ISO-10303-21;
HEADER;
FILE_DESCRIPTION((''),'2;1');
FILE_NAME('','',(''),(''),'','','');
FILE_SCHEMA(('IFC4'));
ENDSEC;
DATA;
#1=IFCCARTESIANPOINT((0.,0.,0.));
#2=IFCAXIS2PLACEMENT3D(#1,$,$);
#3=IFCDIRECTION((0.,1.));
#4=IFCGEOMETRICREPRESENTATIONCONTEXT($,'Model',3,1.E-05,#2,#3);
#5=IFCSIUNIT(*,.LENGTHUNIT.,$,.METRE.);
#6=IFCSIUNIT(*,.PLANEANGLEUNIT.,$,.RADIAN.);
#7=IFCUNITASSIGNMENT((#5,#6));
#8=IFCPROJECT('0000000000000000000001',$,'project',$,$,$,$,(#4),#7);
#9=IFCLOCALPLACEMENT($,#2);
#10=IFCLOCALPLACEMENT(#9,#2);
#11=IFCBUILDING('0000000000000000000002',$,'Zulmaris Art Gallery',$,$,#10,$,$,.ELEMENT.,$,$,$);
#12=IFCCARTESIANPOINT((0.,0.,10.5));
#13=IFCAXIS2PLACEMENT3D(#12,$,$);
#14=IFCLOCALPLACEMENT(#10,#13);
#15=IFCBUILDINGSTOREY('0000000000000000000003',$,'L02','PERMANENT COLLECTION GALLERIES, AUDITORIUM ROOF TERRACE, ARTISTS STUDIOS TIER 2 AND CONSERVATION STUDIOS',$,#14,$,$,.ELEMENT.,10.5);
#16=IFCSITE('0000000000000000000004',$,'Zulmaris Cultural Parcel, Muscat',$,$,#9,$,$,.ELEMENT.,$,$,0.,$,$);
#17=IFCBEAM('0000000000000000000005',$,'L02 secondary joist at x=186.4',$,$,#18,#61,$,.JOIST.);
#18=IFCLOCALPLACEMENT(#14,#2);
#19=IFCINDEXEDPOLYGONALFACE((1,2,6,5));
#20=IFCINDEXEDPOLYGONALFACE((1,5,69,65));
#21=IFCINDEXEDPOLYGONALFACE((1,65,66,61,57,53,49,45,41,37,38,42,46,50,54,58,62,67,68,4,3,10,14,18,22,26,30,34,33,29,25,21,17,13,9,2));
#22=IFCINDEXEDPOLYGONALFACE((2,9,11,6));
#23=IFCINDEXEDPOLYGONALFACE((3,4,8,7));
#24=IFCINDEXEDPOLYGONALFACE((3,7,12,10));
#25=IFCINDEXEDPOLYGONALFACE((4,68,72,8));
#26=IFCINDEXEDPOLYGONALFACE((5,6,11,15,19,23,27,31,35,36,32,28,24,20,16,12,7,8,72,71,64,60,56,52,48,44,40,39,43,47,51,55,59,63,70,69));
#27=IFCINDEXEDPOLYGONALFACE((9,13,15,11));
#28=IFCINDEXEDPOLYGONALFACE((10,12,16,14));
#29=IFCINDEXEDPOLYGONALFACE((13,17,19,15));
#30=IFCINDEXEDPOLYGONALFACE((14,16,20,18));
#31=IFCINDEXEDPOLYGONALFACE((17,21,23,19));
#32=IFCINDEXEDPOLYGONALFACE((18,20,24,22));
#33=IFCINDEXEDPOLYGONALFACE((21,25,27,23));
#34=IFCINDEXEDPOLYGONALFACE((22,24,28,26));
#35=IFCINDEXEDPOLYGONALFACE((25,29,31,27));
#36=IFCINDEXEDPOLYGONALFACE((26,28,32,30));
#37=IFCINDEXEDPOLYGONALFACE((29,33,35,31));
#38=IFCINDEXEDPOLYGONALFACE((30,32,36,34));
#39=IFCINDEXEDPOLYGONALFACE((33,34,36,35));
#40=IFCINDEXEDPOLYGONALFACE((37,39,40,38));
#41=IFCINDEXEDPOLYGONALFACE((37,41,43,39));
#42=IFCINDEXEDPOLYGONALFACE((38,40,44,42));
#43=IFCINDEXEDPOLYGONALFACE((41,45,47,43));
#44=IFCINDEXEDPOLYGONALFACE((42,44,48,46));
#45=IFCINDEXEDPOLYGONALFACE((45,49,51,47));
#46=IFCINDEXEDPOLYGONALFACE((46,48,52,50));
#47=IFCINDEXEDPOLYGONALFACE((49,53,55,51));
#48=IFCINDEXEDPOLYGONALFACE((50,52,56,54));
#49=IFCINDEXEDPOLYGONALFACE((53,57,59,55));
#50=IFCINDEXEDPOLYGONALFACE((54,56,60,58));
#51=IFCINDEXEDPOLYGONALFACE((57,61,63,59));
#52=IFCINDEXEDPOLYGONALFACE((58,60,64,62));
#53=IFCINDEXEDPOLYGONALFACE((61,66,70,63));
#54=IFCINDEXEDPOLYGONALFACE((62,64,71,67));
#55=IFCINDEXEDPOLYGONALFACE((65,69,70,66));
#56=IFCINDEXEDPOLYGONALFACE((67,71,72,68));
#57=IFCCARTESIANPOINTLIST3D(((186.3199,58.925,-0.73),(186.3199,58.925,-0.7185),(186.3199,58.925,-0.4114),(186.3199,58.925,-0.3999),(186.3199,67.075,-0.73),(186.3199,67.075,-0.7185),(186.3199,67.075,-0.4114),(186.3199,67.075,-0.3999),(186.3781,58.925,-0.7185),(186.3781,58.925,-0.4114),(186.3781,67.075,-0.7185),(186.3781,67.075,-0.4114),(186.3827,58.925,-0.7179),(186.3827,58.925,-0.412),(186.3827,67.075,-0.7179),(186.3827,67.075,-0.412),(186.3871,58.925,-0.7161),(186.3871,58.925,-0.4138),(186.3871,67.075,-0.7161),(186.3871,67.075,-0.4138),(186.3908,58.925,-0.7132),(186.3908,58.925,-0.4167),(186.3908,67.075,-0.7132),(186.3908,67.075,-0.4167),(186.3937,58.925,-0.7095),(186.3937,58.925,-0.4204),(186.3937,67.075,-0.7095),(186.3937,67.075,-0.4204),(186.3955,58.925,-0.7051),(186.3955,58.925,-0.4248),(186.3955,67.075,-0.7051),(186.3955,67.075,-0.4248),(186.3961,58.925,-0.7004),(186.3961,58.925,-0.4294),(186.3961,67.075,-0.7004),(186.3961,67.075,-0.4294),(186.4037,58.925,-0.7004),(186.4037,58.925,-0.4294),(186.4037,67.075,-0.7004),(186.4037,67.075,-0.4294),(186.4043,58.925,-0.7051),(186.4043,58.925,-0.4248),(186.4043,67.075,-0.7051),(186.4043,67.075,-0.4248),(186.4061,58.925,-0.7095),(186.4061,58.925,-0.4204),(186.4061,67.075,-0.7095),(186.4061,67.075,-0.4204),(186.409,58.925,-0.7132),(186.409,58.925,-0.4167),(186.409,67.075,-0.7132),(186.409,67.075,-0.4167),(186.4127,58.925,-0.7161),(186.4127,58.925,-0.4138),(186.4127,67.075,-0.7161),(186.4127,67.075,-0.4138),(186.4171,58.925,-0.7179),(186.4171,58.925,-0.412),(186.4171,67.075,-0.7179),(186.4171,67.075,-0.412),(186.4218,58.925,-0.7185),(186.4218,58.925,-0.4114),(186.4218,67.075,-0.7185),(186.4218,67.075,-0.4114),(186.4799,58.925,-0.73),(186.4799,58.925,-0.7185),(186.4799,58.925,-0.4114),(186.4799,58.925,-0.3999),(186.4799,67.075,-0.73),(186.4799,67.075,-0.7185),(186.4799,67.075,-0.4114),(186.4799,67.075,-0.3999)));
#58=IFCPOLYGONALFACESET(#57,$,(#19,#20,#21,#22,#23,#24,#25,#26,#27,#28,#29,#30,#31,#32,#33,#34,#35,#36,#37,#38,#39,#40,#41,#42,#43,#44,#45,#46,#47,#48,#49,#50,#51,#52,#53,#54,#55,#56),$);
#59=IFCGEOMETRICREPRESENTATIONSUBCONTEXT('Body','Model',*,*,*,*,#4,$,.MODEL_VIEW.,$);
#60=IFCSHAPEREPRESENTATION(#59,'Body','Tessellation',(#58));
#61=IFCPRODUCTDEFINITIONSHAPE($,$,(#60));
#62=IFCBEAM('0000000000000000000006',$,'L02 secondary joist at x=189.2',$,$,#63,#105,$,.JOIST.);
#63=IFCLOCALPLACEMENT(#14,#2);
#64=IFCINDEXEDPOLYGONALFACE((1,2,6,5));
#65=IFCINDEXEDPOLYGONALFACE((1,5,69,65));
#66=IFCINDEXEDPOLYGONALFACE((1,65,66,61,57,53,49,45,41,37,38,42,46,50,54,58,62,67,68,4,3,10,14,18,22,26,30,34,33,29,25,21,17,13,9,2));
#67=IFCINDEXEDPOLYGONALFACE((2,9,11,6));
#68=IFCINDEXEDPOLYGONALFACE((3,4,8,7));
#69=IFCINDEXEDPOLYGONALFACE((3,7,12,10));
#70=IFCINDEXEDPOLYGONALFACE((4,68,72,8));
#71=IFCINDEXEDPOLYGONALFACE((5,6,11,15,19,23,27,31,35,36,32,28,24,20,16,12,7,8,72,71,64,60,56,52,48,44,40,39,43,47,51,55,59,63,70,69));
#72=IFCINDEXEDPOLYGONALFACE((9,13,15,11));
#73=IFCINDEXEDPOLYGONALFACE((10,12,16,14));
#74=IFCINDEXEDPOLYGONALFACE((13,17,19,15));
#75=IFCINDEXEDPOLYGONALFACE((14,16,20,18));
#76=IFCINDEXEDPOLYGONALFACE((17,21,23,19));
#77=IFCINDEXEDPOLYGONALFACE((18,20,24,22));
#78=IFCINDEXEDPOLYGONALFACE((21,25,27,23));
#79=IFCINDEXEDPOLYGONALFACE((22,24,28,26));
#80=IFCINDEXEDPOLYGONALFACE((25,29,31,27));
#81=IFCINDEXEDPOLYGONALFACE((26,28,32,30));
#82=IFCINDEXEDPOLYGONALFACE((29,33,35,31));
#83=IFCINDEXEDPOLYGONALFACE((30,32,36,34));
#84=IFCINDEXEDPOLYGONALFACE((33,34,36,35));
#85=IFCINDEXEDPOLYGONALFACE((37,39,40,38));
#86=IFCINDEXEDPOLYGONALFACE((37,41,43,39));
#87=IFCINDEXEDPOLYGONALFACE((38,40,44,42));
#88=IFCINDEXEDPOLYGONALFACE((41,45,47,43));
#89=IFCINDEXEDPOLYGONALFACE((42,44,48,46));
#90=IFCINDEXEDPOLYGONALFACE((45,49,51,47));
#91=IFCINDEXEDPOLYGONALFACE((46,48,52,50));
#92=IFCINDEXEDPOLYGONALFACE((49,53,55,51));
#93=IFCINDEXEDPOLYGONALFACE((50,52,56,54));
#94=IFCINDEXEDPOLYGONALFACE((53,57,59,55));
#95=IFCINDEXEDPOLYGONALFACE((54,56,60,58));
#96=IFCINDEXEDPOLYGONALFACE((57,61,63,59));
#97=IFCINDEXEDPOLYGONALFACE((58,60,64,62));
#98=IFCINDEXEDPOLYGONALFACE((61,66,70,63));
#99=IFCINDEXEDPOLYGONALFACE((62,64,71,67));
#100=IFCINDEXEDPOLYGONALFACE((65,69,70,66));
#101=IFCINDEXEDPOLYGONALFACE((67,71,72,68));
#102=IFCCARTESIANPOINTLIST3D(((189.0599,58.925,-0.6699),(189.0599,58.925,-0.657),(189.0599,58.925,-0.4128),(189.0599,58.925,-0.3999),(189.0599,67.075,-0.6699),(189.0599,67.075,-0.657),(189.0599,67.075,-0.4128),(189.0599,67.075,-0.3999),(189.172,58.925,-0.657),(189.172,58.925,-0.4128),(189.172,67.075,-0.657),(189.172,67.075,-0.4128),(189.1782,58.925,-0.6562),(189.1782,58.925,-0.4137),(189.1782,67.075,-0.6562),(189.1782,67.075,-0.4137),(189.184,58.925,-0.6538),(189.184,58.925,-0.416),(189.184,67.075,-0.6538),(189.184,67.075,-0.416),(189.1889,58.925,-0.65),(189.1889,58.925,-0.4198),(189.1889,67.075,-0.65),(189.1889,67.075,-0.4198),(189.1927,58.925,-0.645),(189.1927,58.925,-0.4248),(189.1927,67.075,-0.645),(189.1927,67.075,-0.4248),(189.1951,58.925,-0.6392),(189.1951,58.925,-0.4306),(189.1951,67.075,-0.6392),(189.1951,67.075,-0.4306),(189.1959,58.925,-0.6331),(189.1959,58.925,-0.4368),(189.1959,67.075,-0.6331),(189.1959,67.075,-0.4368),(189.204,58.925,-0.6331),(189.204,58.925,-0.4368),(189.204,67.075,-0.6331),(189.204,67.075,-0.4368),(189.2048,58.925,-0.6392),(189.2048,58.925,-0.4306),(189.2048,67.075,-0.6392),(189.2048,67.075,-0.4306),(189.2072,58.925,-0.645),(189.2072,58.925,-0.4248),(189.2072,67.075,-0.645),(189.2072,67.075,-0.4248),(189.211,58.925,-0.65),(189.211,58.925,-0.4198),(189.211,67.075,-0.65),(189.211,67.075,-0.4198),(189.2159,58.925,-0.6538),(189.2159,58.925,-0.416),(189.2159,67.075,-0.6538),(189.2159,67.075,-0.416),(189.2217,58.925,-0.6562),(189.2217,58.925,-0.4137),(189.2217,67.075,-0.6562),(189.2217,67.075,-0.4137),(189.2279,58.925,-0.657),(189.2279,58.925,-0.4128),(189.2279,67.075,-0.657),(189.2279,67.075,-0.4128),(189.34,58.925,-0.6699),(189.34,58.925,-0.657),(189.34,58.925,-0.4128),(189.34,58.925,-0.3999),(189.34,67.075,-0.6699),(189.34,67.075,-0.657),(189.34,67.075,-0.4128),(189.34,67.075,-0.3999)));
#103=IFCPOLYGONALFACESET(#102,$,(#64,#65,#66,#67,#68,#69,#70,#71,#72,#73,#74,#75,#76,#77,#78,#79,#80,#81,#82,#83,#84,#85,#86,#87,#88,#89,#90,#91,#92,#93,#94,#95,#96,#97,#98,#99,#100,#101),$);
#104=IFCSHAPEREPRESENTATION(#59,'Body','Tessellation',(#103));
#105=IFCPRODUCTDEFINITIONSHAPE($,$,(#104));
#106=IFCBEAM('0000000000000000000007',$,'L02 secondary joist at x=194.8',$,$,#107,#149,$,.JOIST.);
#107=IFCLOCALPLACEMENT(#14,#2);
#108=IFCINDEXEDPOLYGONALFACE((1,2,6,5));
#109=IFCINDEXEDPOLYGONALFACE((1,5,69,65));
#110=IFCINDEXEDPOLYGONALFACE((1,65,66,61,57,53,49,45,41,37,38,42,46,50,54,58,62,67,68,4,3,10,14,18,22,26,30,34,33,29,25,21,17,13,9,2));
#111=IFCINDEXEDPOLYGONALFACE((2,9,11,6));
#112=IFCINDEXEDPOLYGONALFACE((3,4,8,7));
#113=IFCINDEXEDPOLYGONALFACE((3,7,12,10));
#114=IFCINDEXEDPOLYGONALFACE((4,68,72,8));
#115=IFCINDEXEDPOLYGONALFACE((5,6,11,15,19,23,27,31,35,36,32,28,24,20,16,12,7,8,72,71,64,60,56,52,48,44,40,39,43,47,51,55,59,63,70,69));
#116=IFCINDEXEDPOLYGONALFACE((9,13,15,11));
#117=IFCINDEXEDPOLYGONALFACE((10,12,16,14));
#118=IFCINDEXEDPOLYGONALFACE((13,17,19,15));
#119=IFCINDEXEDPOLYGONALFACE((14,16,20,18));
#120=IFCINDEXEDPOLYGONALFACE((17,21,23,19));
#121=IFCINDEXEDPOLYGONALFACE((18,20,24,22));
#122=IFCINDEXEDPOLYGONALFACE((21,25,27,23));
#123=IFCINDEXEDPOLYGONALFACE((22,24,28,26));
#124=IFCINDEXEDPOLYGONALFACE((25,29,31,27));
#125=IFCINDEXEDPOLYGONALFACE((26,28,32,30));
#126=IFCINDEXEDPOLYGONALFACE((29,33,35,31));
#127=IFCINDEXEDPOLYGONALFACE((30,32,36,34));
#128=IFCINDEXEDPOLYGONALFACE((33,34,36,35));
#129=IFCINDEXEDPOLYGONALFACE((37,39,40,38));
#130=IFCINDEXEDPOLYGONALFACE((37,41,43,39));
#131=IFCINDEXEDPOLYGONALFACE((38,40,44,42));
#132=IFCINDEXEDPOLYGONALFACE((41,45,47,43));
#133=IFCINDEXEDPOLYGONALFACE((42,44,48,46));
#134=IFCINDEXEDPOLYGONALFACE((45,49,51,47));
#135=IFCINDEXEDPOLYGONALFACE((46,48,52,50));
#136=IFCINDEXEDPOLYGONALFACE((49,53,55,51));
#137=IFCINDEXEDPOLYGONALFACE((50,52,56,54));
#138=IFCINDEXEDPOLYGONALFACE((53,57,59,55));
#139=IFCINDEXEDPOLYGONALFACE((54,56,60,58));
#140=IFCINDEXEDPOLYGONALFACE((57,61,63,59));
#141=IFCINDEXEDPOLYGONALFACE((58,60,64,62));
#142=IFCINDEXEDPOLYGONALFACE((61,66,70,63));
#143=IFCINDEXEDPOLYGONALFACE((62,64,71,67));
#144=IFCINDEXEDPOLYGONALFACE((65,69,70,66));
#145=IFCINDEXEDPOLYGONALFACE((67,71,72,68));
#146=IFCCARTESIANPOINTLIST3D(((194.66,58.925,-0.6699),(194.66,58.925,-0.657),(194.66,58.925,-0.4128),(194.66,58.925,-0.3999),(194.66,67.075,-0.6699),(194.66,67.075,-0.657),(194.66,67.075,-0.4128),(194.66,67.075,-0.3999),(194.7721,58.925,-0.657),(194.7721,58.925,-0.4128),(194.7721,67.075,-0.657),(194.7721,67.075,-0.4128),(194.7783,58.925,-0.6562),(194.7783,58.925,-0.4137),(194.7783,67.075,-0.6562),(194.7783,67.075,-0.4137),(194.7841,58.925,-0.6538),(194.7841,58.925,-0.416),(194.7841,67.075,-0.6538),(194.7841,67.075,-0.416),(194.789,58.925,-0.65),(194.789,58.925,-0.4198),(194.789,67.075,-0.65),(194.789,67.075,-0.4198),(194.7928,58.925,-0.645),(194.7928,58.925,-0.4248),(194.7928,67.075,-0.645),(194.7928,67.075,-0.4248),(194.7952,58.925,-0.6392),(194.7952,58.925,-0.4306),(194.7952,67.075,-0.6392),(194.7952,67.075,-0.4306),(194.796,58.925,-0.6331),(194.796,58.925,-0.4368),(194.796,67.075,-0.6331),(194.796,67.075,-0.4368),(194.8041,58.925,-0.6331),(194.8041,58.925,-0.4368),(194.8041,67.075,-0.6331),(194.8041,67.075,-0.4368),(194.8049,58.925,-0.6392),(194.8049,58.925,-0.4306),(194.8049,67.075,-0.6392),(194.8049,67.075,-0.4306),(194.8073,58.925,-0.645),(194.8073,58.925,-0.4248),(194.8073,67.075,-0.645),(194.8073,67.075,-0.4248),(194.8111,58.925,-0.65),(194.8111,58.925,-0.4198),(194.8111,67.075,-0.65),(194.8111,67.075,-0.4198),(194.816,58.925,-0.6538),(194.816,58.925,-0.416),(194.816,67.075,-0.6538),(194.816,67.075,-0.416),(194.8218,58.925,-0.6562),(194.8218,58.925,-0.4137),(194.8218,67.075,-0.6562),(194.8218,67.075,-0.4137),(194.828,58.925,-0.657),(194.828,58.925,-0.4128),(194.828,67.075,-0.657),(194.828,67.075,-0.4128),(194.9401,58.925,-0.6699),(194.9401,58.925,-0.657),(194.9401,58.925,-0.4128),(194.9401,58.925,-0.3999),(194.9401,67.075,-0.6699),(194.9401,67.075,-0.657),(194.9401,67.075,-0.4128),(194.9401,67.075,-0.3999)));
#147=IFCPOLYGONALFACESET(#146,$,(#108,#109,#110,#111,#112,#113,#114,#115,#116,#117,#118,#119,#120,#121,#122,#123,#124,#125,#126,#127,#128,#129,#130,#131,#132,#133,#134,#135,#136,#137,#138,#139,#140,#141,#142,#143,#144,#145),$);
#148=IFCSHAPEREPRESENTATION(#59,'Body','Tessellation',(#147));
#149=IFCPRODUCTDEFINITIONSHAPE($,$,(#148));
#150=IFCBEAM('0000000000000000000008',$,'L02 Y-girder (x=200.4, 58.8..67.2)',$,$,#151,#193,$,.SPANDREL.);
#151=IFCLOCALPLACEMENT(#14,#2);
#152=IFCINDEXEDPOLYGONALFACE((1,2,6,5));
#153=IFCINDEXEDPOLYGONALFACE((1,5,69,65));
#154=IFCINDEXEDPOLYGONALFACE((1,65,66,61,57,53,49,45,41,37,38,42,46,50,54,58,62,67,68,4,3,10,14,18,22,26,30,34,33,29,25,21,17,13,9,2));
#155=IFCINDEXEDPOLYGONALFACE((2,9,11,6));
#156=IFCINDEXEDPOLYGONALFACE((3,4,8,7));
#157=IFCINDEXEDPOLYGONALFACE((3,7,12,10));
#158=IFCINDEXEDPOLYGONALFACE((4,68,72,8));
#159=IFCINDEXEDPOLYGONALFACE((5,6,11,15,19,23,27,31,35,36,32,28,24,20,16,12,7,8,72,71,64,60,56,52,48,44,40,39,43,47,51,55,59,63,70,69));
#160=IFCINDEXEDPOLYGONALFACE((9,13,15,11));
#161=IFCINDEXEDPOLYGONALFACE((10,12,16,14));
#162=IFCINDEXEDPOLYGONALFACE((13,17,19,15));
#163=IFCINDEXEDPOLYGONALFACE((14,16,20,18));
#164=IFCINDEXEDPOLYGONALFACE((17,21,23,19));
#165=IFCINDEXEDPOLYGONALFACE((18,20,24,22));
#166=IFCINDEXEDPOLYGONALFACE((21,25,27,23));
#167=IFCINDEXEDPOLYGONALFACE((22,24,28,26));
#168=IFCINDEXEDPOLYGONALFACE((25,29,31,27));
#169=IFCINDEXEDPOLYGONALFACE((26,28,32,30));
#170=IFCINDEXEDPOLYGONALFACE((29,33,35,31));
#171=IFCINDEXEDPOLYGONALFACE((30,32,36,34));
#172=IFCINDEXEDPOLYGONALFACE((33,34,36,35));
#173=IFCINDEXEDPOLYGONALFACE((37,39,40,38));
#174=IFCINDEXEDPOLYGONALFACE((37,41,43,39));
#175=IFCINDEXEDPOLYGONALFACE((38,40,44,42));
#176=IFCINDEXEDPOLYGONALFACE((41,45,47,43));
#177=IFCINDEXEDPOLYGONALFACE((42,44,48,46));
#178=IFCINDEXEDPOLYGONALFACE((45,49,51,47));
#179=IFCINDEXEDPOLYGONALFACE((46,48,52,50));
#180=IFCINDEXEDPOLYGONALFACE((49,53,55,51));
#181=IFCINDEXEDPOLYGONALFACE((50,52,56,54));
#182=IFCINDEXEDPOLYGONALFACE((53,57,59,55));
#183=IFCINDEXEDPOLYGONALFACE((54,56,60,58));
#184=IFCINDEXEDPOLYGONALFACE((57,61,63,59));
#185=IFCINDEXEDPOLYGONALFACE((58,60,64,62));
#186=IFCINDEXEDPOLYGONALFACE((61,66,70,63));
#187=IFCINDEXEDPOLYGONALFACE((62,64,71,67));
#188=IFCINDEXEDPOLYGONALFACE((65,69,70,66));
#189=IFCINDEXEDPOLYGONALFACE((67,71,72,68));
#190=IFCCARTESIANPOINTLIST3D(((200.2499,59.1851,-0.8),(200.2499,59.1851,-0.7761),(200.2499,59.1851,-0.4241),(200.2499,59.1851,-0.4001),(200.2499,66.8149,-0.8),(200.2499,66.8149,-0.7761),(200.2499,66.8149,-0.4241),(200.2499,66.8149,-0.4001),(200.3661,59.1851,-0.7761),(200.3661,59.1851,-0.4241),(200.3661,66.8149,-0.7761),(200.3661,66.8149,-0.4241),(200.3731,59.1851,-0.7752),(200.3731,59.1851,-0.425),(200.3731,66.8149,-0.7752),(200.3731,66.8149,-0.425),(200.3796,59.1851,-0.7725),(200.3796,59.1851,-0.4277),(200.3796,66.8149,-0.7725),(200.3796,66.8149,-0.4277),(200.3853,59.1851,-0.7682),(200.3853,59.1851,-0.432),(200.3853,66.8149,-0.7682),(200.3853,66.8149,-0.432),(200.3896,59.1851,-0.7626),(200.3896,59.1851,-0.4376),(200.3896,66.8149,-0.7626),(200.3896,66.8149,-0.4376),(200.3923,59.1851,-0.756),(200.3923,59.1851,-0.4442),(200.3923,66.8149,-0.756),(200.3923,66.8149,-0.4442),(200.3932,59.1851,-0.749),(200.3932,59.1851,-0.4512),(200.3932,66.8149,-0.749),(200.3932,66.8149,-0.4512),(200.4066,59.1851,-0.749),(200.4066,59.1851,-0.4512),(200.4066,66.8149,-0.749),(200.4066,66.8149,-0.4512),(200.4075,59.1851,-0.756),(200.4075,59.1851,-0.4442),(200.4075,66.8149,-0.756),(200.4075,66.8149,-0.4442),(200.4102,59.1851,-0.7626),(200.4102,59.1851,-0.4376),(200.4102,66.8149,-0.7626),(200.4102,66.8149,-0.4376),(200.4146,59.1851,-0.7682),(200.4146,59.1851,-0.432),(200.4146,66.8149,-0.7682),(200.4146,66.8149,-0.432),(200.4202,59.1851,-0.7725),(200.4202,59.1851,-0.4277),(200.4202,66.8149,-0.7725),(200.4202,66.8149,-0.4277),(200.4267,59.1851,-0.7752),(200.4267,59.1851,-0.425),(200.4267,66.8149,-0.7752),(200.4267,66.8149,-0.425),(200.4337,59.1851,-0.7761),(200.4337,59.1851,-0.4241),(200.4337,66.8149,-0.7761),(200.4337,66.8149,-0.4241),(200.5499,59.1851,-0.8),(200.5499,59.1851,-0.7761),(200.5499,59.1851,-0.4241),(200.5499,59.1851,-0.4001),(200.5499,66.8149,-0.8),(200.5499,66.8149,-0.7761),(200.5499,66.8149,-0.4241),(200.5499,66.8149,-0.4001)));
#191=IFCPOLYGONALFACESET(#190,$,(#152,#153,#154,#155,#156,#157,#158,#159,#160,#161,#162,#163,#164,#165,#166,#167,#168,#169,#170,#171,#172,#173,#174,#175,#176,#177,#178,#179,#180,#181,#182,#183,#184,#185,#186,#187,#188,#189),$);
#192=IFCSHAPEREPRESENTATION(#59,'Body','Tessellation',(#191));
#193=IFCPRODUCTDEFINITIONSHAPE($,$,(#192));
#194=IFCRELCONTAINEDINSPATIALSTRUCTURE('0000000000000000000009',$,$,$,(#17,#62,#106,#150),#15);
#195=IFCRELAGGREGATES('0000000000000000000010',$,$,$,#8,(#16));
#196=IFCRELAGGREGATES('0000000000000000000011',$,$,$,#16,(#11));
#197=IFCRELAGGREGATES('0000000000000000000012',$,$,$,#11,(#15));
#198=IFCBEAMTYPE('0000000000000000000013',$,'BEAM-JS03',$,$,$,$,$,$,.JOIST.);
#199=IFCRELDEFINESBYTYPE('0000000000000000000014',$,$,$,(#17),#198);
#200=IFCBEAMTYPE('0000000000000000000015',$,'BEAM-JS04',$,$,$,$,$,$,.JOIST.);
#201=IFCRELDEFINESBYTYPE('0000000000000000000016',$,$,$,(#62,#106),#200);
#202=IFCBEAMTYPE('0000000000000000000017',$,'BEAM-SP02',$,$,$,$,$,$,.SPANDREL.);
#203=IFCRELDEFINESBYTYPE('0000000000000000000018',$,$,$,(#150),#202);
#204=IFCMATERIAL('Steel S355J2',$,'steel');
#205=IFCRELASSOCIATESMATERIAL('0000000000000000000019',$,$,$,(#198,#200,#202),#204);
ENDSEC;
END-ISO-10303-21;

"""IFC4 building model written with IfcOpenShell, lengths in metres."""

from ifc_helpers import new_model, si_unit, direction, frame, origin, origin_2d, place, context, subcontext, project, spatial, i_section, extrude, material, material_profile, profile_set, type_object, element, save


model = new_model("IFC4")

# Units and contexts
model_context = context("Model", 3, precision=1e-05, world=origin(), true_north=direction((0.0, 1.0)))
body_context = subcontext(model_context, "Body", "Model", "MODEL_VIEW")
ifc_project = project(units=[si_unit("LENGTHUNIT", "METRE"), si_unit("PLANEANGLEUNIT", "RADIAN")], contexts=[model_context])

# Site, building, storey
site_placement = place(None, origin())
site = spatial("IfcSite", under=ifc_project, at=site_placement, Name="Zulmaris Cultural Parcel, Muscat", CompositionType="ELEMENT", RefElevation=0.0)
building_placement = place(site_placement, origin())
building = spatial("IfcBuilding", under=site, at=building_placement, Name="Zulmaris Art Gallery", CompositionType="ELEMENT")
storey_placement = place(building_placement, frame((0.0, 0.0, 10.5)))
storey = spatial("IfcBuildingStorey", under=building, at=storey_placement, Name="L02", Description="PERMANENT COLLECTION GALLERIES, AUDITORIUM ROOF TERRACE, ARTISTS STUDIOS TIER 2 AND CONSERVATION STUDIOS", CompositionType="ELEMENT", Elevation=10.5)

# Beams
ifc_material_1 = material(Name="Steel S355J2", Category="steel")
ifc_material_profile_1 = material_profile(ifc_material_1, i_section(OverallWidth=0.1599, OverallDepth=0.3301, WebThickness=0.0076, FlangeThickness=0.0115, FilletRadius=0.0181, at=origin_2d()), Name="IPE 330")
ifc_profile_set_1 = profile_set([ifc_material_profile_1], Name="Steel S355J2")
beam_type_1 = type_object("IfcBeamType", Name="BEAM-JS03", PredefinedType="JOIST", material=ifc_profile_set_1)
beam_1_placement = place(storey_placement, frame((186.3999, 58.925, -0.5649), z_axis=(0.0, 1.0, 0.0), x_axis=(-1.0, 0.0, 0.0)))
element("IfcBeam", 1, at=beam_1_placement, inside=storey, type_object=beam_type_1, Name="L02 secondary joist at x=186.4", PredefinedType="JOIST", context=body_context, shape_type="SweptSolid", body=[
    extrude(i_section(OverallWidth=0.1599, OverallDepth=0.3301, WebThickness=0.0076, FlangeThickness=0.0115, FilletRadius=0.0181, at=origin_2d()), origin(), (0.0, 0.0, 1.0), 8.1499),
])
ifc_material_profile_2 = material_profile(ifc_material_1, i_section(OverallWidth=0.28, OverallDepth=0.27, WebThickness=0.0081, FlangeThickness=0.0129, FilletRadius=0.0239, at=origin_2d()), Name="HEA 280")
ifc_profile_set_2 = profile_set([ifc_material_profile_2], Name="Steel S355J2")
beam_type_2 = type_object("IfcBeamType", Name="BEAM-JS04", PredefinedType="JOIST", material=ifc_profile_set_2)
for number, where, z_axis, x_axis, name in (
    (2, (189.2, 58.925, -0.5349), (0.0, 1.0, 0.0), (-1.0, 0.0, 0.0), "L02 secondary joist at x=189.2"),
    (3, (194.8, 58.925, -0.5349), (0.0, 1.0, 0.0), (-1.0, 0.0, 0.0), "L02 secondary joist at x=194.8"),
):
    element("IfcBeam", number, at=place(storey_placement, frame(where, z_axis=z_axis, x_axis=x_axis)), inside=storey, type_object=beam_type_2, Name=name, PredefinedType="JOIST", context=body_context, shape_type="SweptSolid", body=[
        extrude(i_section(OverallWidth=0.28, OverallDepth=0.27, WebThickness=0.0081, FlangeThickness=0.0129, FilletRadius=0.0239, at=origin_2d()), origin(), (0.0, 0.0, 1.0), 8.1499),
    ])
ifc_material_profile_3 = material_profile(ifc_material_1, i_section(OverallWidth=0.3, OverallDepth=0.3999, WebThickness=0.0134, FlangeThickness=0.0239, FilletRadius=0.0271, at=origin_2d()), Name="HEB 400")
ifc_profile_set_3 = profile_set([ifc_material_profile_3], Name="Steel S355J2")
beam_type_3 = type_object("IfcBeamType", Name="BEAM-SP02", PredefinedType="SPANDREL", material=ifc_profile_set_3)
beam_2_placement = place(storey_placement, frame((200.3999, 59.1851, -0.6001), z_axis=(0.0, 1.0, 0.0), x_axis=(-1.0, 0.0, 0.0)))
element("IfcBeam", 4, at=beam_2_placement, inside=storey, type_object=beam_type_3, Name="L02 Y-girder (x=200.4, 58.8..67.2)", PredefinedType="SPANDREL", context=body_context, shape_type="SweptSolid", body=[
    extrude(i_section(OverallWidth=0.3, OverallDepth=0.3999, WebThickness=0.0134, FlangeThickness=0.0239, FilletRadius=0.0271, at=origin_2d()), origin(), (0.0, 0.0, 1.0), 7.6299),
])

save(model, "model.ifc")
